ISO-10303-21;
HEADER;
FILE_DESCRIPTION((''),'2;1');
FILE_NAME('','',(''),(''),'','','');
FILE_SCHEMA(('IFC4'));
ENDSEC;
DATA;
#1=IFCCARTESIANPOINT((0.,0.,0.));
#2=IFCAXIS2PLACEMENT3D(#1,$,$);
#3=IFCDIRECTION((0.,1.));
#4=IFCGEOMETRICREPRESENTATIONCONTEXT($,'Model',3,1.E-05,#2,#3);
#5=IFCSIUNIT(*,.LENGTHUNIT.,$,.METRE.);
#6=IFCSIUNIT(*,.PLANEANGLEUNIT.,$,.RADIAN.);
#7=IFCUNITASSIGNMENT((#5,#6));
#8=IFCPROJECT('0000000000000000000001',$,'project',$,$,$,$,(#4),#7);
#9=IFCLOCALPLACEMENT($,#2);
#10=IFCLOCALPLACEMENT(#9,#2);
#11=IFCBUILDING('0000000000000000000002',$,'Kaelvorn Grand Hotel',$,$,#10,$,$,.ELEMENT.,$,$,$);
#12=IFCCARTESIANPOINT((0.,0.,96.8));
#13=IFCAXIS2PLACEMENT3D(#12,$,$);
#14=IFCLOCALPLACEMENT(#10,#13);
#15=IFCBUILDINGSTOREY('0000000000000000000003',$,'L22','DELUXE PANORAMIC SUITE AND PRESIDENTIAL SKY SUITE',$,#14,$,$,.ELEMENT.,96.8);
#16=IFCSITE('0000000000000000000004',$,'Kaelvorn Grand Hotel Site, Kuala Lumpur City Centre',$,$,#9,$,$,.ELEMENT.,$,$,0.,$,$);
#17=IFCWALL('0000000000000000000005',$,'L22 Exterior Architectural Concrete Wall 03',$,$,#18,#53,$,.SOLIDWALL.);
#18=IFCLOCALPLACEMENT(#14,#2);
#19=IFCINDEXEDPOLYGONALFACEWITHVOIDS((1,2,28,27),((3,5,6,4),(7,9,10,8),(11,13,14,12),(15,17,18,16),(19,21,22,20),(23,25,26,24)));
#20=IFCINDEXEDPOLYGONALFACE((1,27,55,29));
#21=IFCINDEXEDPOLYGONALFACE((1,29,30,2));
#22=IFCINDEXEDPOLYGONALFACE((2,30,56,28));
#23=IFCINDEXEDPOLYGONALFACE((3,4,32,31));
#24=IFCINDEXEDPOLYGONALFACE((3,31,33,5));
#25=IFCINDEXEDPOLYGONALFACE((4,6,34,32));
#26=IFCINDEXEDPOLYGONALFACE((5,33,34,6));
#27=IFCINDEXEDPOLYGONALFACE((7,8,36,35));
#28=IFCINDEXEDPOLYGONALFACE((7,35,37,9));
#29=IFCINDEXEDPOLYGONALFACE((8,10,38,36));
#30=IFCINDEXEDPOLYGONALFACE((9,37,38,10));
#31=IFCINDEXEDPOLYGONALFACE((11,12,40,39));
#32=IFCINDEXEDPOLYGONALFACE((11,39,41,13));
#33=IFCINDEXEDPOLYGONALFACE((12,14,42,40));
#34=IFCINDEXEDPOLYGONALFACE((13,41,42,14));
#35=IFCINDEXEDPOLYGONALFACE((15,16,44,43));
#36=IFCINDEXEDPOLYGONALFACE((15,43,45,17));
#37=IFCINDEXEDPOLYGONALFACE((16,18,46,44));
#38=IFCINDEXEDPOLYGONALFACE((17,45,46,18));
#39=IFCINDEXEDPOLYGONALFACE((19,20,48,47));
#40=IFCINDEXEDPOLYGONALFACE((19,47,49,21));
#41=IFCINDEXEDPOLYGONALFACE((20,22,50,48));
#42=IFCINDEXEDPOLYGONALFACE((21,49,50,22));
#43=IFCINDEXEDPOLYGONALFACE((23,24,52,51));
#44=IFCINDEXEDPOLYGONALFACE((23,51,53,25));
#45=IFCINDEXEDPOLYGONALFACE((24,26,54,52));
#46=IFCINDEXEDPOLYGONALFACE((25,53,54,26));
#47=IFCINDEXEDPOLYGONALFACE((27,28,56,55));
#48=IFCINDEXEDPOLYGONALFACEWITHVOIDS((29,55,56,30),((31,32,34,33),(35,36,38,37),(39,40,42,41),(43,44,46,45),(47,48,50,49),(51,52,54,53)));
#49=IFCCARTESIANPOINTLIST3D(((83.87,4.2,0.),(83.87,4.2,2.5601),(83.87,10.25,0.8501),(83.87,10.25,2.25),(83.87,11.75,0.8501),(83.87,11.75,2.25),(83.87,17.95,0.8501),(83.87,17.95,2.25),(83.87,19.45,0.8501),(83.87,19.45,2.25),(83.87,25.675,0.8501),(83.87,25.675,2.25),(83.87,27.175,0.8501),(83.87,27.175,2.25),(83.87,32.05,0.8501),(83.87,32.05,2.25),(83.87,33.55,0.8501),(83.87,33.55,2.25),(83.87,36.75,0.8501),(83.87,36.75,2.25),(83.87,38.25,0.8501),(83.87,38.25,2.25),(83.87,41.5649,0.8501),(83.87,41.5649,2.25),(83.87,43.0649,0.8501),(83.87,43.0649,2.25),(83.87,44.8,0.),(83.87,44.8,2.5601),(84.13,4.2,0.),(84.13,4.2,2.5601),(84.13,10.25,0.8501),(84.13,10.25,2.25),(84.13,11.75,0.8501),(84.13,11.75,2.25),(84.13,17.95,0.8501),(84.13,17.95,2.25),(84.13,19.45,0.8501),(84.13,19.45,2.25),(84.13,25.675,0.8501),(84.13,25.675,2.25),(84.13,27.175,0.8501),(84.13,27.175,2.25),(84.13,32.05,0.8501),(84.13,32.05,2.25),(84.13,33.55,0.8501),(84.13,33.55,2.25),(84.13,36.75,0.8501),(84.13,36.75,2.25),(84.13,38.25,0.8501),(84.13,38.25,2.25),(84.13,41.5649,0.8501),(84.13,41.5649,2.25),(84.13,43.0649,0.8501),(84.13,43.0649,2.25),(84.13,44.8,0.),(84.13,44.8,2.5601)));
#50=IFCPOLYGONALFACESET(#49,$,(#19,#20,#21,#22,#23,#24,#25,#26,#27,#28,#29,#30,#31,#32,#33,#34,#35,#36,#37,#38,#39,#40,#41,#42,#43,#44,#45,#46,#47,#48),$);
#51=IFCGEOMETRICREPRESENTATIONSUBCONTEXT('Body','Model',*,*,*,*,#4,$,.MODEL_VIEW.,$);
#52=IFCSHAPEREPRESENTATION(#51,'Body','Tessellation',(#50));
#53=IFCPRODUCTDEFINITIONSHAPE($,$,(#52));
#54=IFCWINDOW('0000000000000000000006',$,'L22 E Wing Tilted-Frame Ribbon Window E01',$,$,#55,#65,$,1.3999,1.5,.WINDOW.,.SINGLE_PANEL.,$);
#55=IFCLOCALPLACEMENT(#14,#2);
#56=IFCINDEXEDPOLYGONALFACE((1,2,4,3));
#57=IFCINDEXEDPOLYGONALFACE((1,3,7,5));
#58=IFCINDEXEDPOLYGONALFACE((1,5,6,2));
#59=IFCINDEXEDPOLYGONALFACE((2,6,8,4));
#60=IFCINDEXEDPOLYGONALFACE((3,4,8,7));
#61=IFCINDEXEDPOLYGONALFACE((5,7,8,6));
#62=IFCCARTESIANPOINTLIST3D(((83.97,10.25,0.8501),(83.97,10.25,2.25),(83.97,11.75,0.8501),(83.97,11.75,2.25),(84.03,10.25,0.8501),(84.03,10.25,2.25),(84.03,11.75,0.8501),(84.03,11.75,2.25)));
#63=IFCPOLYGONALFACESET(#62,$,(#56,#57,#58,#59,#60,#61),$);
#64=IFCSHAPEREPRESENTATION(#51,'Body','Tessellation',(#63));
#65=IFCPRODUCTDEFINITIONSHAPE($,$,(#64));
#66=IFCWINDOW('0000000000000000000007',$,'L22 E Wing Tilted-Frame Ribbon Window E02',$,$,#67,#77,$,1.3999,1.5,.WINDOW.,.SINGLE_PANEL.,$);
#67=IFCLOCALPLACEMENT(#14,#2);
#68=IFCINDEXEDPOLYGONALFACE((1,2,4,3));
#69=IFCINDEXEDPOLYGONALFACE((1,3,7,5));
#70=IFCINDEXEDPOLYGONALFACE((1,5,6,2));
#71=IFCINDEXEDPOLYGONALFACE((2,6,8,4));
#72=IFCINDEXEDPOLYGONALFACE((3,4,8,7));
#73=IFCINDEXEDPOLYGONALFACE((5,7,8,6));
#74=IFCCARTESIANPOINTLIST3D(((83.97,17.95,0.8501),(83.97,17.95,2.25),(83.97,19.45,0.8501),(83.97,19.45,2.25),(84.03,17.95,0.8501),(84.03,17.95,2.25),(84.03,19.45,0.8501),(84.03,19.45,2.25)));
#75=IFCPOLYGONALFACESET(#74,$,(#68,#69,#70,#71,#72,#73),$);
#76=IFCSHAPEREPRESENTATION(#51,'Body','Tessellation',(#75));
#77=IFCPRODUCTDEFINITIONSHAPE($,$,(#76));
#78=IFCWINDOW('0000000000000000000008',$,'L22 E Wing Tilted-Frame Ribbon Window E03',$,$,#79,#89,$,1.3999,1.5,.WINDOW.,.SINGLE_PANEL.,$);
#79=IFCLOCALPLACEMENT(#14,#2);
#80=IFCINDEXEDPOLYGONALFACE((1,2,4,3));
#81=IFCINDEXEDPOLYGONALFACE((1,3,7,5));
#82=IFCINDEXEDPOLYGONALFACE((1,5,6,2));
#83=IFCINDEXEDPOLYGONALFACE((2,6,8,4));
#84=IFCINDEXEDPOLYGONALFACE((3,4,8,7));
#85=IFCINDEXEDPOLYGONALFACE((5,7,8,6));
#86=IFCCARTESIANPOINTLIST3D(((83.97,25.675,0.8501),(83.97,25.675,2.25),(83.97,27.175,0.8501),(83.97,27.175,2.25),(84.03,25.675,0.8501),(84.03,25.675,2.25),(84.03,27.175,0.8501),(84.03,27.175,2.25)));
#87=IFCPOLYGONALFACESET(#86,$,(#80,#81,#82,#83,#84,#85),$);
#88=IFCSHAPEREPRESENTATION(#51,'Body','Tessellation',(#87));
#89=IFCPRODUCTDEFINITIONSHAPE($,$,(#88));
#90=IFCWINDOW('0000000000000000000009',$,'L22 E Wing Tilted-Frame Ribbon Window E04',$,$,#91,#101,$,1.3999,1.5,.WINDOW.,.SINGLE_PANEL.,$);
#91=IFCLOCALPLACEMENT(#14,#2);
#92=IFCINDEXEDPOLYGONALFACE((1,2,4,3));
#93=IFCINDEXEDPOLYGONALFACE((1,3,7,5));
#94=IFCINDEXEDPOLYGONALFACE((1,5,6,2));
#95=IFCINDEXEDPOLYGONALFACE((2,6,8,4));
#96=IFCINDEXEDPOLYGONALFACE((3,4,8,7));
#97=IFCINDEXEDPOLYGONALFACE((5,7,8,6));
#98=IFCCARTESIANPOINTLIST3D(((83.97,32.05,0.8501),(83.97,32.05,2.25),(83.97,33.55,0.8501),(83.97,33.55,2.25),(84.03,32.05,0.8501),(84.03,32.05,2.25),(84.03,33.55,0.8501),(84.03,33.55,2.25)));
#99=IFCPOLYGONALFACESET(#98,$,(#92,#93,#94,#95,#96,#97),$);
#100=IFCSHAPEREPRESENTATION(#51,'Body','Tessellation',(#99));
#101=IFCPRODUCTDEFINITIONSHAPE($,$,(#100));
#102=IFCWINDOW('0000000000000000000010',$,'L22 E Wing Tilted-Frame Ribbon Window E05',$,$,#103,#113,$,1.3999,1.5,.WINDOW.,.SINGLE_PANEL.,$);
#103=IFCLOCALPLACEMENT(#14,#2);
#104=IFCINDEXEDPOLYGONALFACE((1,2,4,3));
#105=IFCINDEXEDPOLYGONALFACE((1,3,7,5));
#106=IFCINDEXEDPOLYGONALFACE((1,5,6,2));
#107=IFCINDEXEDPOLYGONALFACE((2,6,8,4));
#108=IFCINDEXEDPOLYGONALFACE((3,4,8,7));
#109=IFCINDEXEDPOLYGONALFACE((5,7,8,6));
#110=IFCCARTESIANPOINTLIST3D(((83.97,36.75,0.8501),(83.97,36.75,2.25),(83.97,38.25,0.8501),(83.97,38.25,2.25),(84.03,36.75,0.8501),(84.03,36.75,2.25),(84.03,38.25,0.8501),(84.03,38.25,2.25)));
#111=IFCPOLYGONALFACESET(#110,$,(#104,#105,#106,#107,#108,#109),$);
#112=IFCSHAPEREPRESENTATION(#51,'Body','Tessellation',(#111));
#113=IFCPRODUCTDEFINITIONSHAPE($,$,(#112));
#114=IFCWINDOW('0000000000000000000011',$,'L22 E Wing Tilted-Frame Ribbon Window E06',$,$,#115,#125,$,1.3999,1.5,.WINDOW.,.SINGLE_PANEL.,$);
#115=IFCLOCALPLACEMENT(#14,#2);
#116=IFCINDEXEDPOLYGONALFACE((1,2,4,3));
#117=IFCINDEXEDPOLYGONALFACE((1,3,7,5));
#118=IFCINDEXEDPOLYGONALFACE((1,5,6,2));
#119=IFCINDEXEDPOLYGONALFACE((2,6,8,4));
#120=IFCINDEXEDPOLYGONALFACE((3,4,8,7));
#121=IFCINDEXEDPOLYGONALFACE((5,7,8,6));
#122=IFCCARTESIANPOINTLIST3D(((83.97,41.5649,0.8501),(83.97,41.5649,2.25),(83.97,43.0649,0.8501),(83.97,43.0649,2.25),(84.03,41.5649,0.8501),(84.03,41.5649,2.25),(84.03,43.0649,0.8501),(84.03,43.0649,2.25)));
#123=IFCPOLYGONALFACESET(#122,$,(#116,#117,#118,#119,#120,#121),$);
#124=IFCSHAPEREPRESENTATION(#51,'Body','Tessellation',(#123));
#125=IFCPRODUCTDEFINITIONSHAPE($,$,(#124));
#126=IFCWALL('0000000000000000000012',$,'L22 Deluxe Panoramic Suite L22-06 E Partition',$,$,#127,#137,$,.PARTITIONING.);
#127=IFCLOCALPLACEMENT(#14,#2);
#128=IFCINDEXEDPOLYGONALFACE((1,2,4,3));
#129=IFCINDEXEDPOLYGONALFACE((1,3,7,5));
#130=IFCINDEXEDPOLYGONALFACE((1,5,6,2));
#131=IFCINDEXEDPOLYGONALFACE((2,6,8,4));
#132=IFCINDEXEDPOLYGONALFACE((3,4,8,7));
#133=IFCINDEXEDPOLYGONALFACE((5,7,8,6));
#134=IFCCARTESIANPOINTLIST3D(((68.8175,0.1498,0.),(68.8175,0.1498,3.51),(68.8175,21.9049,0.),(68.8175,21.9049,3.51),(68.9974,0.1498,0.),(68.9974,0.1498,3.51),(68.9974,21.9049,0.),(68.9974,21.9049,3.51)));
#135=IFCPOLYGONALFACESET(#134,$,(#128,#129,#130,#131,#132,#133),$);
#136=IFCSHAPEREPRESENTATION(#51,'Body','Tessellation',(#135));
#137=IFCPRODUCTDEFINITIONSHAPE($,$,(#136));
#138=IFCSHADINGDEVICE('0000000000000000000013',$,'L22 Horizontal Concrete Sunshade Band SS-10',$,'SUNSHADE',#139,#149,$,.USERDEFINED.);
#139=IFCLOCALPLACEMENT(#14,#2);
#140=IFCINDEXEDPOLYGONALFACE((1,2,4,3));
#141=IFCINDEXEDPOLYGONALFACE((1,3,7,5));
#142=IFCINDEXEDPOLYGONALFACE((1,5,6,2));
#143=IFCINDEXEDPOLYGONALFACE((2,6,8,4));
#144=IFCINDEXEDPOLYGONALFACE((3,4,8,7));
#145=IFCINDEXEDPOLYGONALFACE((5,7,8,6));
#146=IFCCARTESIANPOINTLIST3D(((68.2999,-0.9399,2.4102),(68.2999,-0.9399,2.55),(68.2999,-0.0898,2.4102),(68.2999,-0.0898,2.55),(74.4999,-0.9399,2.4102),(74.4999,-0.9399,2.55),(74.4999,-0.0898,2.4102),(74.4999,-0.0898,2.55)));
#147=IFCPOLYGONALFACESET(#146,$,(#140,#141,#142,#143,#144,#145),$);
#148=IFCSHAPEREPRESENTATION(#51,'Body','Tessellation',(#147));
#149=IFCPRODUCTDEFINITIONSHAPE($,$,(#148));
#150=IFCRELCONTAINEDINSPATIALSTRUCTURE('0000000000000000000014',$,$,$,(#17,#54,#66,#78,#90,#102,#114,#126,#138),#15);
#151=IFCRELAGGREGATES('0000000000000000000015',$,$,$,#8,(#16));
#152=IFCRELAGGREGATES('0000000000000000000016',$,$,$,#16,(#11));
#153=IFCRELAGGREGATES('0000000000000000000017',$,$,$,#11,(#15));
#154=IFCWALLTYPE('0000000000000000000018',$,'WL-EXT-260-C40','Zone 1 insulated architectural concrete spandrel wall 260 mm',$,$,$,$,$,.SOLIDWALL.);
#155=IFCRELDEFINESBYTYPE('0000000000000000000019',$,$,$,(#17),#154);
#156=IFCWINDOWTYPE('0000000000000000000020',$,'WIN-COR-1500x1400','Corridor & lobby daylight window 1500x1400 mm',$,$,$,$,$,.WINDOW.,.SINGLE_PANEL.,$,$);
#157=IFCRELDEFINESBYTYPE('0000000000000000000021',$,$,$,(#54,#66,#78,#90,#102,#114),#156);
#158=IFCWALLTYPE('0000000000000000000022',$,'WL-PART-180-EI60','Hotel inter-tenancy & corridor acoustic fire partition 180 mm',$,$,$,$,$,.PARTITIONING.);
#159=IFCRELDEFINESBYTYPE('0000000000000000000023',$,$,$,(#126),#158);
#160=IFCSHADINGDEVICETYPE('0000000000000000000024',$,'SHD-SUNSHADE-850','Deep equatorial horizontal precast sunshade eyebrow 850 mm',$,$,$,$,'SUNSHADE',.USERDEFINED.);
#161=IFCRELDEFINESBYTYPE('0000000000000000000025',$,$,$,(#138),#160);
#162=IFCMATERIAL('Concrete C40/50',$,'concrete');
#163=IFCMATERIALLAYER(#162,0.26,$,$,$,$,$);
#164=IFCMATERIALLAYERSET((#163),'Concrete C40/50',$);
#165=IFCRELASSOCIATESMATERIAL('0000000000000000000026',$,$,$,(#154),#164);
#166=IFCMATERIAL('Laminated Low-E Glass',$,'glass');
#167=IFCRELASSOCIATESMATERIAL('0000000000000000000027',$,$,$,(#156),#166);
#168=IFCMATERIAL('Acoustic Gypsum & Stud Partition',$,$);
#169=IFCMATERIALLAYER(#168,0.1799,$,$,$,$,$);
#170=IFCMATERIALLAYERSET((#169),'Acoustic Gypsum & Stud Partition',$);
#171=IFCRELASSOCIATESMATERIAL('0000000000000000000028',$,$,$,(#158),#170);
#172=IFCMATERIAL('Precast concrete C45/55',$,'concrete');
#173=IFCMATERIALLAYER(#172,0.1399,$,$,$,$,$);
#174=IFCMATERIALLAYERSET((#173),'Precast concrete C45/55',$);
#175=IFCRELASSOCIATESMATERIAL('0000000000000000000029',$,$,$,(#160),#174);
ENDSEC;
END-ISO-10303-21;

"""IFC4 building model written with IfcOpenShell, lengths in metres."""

from ifc_helpers import new_model, si_unit, direction, frame, frame_2d, origin, origin_2d, place, context, subcontext, project, spatial, rectangle, extrude, material, layer, layer_set, type_object, element, fill, save


model = new_model("IFC4")

# Units and contexts
model_context = context("Model", 3, precision=1e-05, world=origin(), true_north=direction((0.0, 1.0)))
body_context = subcontext(model_context, "Body", "Model", "MODEL_VIEW")
ifc_project = project(units=[si_unit("LENGTHUNIT", "METRE"), si_unit("PLANEANGLEUNIT", "RADIAN")], contexts=[model_context])

# Site, building, storey
site_placement = place(None, origin())
site = spatial("IfcSite", under=ifc_project, at=site_placement, Name="Kaelvorn Grand Hotel Site, Kuala Lumpur City Centre", CompositionType="ELEMENT", RefElevation=0.0)
building_placement = place(site_placement, origin())
building = spatial("IfcBuilding", under=site, at=building_placement, Name="Kaelvorn Grand Hotel", CompositionType="ELEMENT")
storey_placement = place(building_placement, frame((0.0, 0.0, 96.8)))
storey = spatial("IfcBuildingStorey", under=building, at=storey_placement, Name="L22", Description="DELUXE PANORAMIC SUITE AND PRESIDENTIAL SKY SUITE", CompositionType="ELEMENT", Elevation=96.8)

# Shared definitions
ifc_material_1 = material(Name="Concrete C40/50", Category="concrete")

# Shared definitions
ifc_material_2 = material(Name="Precast concrete C45/55", Category="concrete")

# Shared definitions
ifc_layer_1 = layer(ifc_material_1, 0.26)
ifc_layer_set_1 = layer_set([ifc_layer_1], Name="Concrete C40/50")
wall_type_1 = type_object("IfcWallType", Name="WL-EXT-260-C40", Description="Zone 1 insulated architectural concrete spandrel wall 260 mm", PredefinedType="SOLIDWALL", material=ifc_layer_set_1)

# Wall, openings, windows
wall_1_placement = place(storey_placement, frame((84.0, 4.2, 0.0), z_axis=(0.0, 0.0, 1.0), x_axis=(0.0, 1.0, 0.0)))
wall_1 = element("IfcWall", 1, at=wall_1_placement, inside=storey, type_object=wall_type_1, Name="L22 Exterior Architectural Concrete Wall 03", PredefinedType="SOLIDWALL", context=body_context, shape_type="SweptSolid", body=[
    extrude(rectangle(XDim=40.6001, YDim=0.26, at=frame_2d((20.3, 0.0))), origin(), (0.0, 0.0, 1.0), 2.5601),
])
opening_1_placement = place(wall_1_placement, frame((6.05, 0.0, 0.8501)))
opening_1 = element("IfcOpeningElement", 2, at=opening_1_placement, cuts=wall_1, PredefinedType="OPENING", context=body_context, shape_type="SweptSolid", body=[
    extrude(rectangle(XDim=1.5, YDim=1.3999, at=frame_2d((0.75, 0.7))), frame((0.0, 0.1401, 0.0), z_axis=(0.0, -1.0, 0.0), x_axis=(1.0, 0.0, 0.0)), (0.0, 0.0, 1.0), 0.28),
])
opening_2_placement = place(wall_1_placement, frame((13.75, 0.0, 0.8501)))
opening_2 = element("IfcOpeningElement", 3, at=opening_2_placement, cuts=wall_1, PredefinedType="OPENING", context=body_context, shape_type="SweptSolid", body=[
    extrude(rectangle(XDim=1.5, YDim=1.3999, at=frame_2d((0.75, 0.7))), frame((0.0, 0.1401, 0.0), z_axis=(0.0, -1.0, 0.0), x_axis=(1.0, 0.0, 0.0)), (0.0, 0.0, 1.0), 0.28),
])
opening_3_placement = place(wall_1_placement, frame((21.4751, 0.0, 0.8501)))
opening_3 = element("IfcOpeningElement", 4, at=opening_3_placement, cuts=wall_1, PredefinedType="OPENING", context=body_context, shape_type="SweptSolid", body=[
    extrude(rectangle(XDim=1.5, YDim=1.3999, at=frame_2d((0.75, 0.7))), frame((0.0, 0.1401, 0.0), z_axis=(0.0, -1.0, 0.0), x_axis=(1.0, 0.0, 0.0)), (0.0, 0.0, 1.0), 0.28),
])
opening_4_placement = place(wall_1_placement, frame((27.8501, 0.0, 0.8501)))
opening_4 = element("IfcOpeningElement", 5, at=opening_4_placement, cuts=wall_1, PredefinedType="OPENING", context=body_context, shape_type="SweptSolid", body=[
    extrude(rectangle(XDim=1.5, YDim=1.3999, at=frame_2d((0.75, 0.7))), frame((0.0, 0.1401, 0.0), z_axis=(0.0, -1.0, 0.0), x_axis=(1.0, 0.0, 0.0)), (0.0, 0.0, 1.0), 0.28),
])
opening_5_placement = place(wall_1_placement, frame((32.55, 0.0, 0.8501)))
opening_5 = element("IfcOpeningElement", 6, at=opening_5_placement, cuts=wall_1, PredefinedType="OPENING", context=body_context, shape_type="SweptSolid", body=[
    extrude(rectangle(XDim=1.5, YDim=1.3999, at=frame_2d((0.75, 0.7))), frame((0.0, 0.1401, 0.0), z_axis=(0.0, -1.0, 0.0), x_axis=(1.0, 0.0, 0.0)), (0.0, 0.0, 1.0), 0.28),
])
opening_6_placement = place(wall_1_placement, frame((37.365, 0.0, 0.8501)))
opening_6 = element("IfcOpeningElement", 7, at=opening_6_placement, cuts=wall_1, PredefinedType="OPENING", context=body_context, shape_type="SweptSolid", body=[
    extrude(rectangle(XDim=1.5, YDim=1.3999, at=frame_2d((0.75, 0.7))), frame((0.0, 0.1401, 0.0), z_axis=(0.0, -1.0, 0.0), x_axis=(1.0, 0.0, 0.0)), (0.0, 0.0, 1.0), 0.28),
])
ifc_material_3 = material(Name="Laminated Low-E Glass", Category="glass")
window_type = type_object("IfcWindowType", Name="WIN-COR-1500x1400", Description="Corridor & lobby daylight window 1500x1400 mm", PartitioningType="SINGLE_PANEL", PredefinedType="WINDOW", material=ifc_material_3)
window_1_placement = place(opening_1_placement, origin())
window_1 = element("IfcWindow", 8, at=window_1_placement, inside=storey, type_object=window_type, Name="L22 E Wing Tilted-Frame Ribbon Window E01", OverallHeight=1.3999, OverallWidth=1.5, PartitioningType="SINGLE_PANEL", PredefinedType="WINDOW", context=body_context, shape_type="SweptSolid", body=[
    extrude(rectangle(XDim=1.5, YDim=1.3999, at=frame_2d((0.75, 0.7))), frame((0.0, 0.03, 0.0), z_axis=(0.0, -1.0, 0.0), x_axis=(1.0, 0.0, 0.0)), (0.0, 0.0, 1.0), 0.0601),
])
fill(opening_1, window_1)
window_2_placement = place(opening_2_placement, origin())
window_2 = element("IfcWindow", 9, at=window_2_placement, inside=storey, type_object=window_type, Name="L22 E Wing Tilted-Frame Ribbon Window E02", OverallHeight=1.3999, OverallWidth=1.5, PartitioningType="SINGLE_PANEL", PredefinedType="WINDOW", context=body_context, shape_type="SweptSolid", body=[
    extrude(rectangle(XDim=1.5, YDim=1.3999, at=frame_2d((0.75, 0.7))), frame((0.0, 0.03, 0.0), z_axis=(0.0, -1.0, 0.0), x_axis=(1.0, 0.0, 0.0)), (0.0, 0.0, 1.0), 0.0601),
])
fill(opening_2, window_2)
window_3_placement = place(opening_3_placement, origin())
window_3 = element("IfcWindow", 10, at=window_3_placement, inside=storey, type_object=window_type, Name="L22 E Wing Tilted-Frame Ribbon Window E03", OverallHeight=1.3999, OverallWidth=1.5, PartitioningType="SINGLE_PANEL", PredefinedType="WINDOW", context=body_context, shape_type="SweptSolid", body=[
    extrude(rectangle(XDim=1.5, YDim=1.3999, at=frame_2d((0.75, 0.7))), frame((0.0, 0.03, 0.0), z_axis=(0.0, -1.0, 0.0), x_axis=(1.0, 0.0, 0.0)), (0.0, 0.0, 1.0), 0.0601),
])
fill(opening_3, window_3)
window_4_placement = place(opening_4_placement, origin())
window_4 = element("IfcWindow", 11, at=window_4_placement, inside=storey, type_object=window_type, Name="L22 E Wing Tilted-Frame Ribbon Window E04", OverallHeight=1.3999, OverallWidth=1.5, PartitioningType="SINGLE_PANEL", PredefinedType="WINDOW", context=body_context, shape_type="SweptSolid", body=[
    extrude(rectangle(XDim=1.5, YDim=1.3999, at=frame_2d((0.75, 0.7))), frame((0.0, 0.03, 0.0), z_axis=(0.0, -1.0, 0.0), x_axis=(1.0, 0.0, 0.0)), (0.0, 0.0, 1.0), 0.0601),
])
fill(opening_4, window_4)
window_5_placement = place(opening_5_placement, origin())
window_5 = element("IfcWindow", 12, at=window_5_placement, inside=storey, type_object=window_type, Name="L22 E Wing Tilted-Frame Ribbon Window E05", OverallHeight=1.3999, OverallWidth=1.5, PartitioningType="SINGLE_PANEL", PredefinedType="WINDOW", context=body_context, shape_type="SweptSolid", body=[
    extrude(rectangle(XDim=1.5, YDim=1.3999, at=frame_2d((0.75, 0.7))), frame((0.0, 0.03, 0.0), z_axis=(0.0, -1.0, 0.0), x_axis=(1.0, 0.0, 0.0)), (0.0, 0.0, 1.0), 0.0601),
])
fill(opening_5, window_5)
window_6_placement = place(opening_6_placement, origin())
window_6 = element("IfcWindow", 13, at=window_6_placement, inside=storey, type_object=window_type, Name="L22 E Wing Tilted-Frame Ribbon Window E06", OverallHeight=1.3999, OverallWidth=1.5, PartitioningType="SINGLE_PANEL", PredefinedType="WINDOW", context=body_context, shape_type="SweptSolid", body=[
    extrude(rectangle(XDim=1.5, YDim=1.3999, at=frame_2d((0.75, 0.7))), frame((0.0, 0.03, 0.0), z_axis=(0.0, -1.0, 0.0), x_axis=(1.0, 0.0, 0.0)), (0.0, 0.0, 1.0), 0.0601),
])
fill(opening_6, window_6)

# Wall
ifc_material_4 = material(Name="Acoustic Gypsum & Stud Partition")
ifc_layer_2 = layer(ifc_material_4, 0.1799)
ifc_layer_set_2 = layer_set([ifc_layer_2], Name="Acoustic Gypsum & Stud Partition")
wall_type_2 = type_object("IfcWallType", Name="WL-PART-180-EI60", Description="Hotel inter-tenancy & corridor acoustic fire partition 180 mm", PredefinedType="PARTITIONING", material=ifc_layer_set_2)
wall_2_placement = place(storey_placement, frame((68.9075, 0.1499, 0.0), z_axis=(0.0, 0.0, 1.0), x_axis=(0.0, 1.0, 0.0)))
element("IfcWall", 14, at=wall_2_placement, inside=storey, type_object=wall_type_2, Name="L22 Deluxe Panoramic Suite L22-06 E Partition", PredefinedType="PARTITIONING", context=body_context, shape_type="SweptSolid", body=[
    extrude(rectangle(XDim=21.7551, YDim=0.1799, at=frame_2d((10.8774, 0.0))), origin(), (0.0, 0.0, 1.0), 3.51),
])

# Shading device
ifc_layer_3 = layer(ifc_material_2, 0.1399)
ifc_layer_set_3 = layer_set([ifc_layer_3], Name="Precast concrete C45/55")
shading_device_type = type_object("IfcShadingDeviceType", Name="SHD-SUNSHADE-850", Description="Deep equatorial horizontal precast sunshade eyebrow 850 mm", ElementType="SUNSHADE", PredefinedType="USERDEFINED", material=ifc_layer_set_3)
shading_device_placement = place(storey_placement, frame((71.3999, -0.5149, 2.4102), z_axis=(0.0, 0.0, 1.0), x_axis=(1.0, 0.0, 0.0)))
element("IfcShadingDevice", 15, at=shading_device_placement, inside=storey, type_object=shading_device_type, Name="L22 Horizontal Concrete Sunshade Band SS-10", ObjectType="SUNSHADE", PredefinedType="USERDEFINED", context=body_context, shape_type="SweptSolid", body=[
    extrude(rectangle(XDim=6.2, YDim=0.8501, at=origin_2d()), origin(), (0.0, 0.0, 1.0), 0.1399),
])

save(model, "model.ifc")
